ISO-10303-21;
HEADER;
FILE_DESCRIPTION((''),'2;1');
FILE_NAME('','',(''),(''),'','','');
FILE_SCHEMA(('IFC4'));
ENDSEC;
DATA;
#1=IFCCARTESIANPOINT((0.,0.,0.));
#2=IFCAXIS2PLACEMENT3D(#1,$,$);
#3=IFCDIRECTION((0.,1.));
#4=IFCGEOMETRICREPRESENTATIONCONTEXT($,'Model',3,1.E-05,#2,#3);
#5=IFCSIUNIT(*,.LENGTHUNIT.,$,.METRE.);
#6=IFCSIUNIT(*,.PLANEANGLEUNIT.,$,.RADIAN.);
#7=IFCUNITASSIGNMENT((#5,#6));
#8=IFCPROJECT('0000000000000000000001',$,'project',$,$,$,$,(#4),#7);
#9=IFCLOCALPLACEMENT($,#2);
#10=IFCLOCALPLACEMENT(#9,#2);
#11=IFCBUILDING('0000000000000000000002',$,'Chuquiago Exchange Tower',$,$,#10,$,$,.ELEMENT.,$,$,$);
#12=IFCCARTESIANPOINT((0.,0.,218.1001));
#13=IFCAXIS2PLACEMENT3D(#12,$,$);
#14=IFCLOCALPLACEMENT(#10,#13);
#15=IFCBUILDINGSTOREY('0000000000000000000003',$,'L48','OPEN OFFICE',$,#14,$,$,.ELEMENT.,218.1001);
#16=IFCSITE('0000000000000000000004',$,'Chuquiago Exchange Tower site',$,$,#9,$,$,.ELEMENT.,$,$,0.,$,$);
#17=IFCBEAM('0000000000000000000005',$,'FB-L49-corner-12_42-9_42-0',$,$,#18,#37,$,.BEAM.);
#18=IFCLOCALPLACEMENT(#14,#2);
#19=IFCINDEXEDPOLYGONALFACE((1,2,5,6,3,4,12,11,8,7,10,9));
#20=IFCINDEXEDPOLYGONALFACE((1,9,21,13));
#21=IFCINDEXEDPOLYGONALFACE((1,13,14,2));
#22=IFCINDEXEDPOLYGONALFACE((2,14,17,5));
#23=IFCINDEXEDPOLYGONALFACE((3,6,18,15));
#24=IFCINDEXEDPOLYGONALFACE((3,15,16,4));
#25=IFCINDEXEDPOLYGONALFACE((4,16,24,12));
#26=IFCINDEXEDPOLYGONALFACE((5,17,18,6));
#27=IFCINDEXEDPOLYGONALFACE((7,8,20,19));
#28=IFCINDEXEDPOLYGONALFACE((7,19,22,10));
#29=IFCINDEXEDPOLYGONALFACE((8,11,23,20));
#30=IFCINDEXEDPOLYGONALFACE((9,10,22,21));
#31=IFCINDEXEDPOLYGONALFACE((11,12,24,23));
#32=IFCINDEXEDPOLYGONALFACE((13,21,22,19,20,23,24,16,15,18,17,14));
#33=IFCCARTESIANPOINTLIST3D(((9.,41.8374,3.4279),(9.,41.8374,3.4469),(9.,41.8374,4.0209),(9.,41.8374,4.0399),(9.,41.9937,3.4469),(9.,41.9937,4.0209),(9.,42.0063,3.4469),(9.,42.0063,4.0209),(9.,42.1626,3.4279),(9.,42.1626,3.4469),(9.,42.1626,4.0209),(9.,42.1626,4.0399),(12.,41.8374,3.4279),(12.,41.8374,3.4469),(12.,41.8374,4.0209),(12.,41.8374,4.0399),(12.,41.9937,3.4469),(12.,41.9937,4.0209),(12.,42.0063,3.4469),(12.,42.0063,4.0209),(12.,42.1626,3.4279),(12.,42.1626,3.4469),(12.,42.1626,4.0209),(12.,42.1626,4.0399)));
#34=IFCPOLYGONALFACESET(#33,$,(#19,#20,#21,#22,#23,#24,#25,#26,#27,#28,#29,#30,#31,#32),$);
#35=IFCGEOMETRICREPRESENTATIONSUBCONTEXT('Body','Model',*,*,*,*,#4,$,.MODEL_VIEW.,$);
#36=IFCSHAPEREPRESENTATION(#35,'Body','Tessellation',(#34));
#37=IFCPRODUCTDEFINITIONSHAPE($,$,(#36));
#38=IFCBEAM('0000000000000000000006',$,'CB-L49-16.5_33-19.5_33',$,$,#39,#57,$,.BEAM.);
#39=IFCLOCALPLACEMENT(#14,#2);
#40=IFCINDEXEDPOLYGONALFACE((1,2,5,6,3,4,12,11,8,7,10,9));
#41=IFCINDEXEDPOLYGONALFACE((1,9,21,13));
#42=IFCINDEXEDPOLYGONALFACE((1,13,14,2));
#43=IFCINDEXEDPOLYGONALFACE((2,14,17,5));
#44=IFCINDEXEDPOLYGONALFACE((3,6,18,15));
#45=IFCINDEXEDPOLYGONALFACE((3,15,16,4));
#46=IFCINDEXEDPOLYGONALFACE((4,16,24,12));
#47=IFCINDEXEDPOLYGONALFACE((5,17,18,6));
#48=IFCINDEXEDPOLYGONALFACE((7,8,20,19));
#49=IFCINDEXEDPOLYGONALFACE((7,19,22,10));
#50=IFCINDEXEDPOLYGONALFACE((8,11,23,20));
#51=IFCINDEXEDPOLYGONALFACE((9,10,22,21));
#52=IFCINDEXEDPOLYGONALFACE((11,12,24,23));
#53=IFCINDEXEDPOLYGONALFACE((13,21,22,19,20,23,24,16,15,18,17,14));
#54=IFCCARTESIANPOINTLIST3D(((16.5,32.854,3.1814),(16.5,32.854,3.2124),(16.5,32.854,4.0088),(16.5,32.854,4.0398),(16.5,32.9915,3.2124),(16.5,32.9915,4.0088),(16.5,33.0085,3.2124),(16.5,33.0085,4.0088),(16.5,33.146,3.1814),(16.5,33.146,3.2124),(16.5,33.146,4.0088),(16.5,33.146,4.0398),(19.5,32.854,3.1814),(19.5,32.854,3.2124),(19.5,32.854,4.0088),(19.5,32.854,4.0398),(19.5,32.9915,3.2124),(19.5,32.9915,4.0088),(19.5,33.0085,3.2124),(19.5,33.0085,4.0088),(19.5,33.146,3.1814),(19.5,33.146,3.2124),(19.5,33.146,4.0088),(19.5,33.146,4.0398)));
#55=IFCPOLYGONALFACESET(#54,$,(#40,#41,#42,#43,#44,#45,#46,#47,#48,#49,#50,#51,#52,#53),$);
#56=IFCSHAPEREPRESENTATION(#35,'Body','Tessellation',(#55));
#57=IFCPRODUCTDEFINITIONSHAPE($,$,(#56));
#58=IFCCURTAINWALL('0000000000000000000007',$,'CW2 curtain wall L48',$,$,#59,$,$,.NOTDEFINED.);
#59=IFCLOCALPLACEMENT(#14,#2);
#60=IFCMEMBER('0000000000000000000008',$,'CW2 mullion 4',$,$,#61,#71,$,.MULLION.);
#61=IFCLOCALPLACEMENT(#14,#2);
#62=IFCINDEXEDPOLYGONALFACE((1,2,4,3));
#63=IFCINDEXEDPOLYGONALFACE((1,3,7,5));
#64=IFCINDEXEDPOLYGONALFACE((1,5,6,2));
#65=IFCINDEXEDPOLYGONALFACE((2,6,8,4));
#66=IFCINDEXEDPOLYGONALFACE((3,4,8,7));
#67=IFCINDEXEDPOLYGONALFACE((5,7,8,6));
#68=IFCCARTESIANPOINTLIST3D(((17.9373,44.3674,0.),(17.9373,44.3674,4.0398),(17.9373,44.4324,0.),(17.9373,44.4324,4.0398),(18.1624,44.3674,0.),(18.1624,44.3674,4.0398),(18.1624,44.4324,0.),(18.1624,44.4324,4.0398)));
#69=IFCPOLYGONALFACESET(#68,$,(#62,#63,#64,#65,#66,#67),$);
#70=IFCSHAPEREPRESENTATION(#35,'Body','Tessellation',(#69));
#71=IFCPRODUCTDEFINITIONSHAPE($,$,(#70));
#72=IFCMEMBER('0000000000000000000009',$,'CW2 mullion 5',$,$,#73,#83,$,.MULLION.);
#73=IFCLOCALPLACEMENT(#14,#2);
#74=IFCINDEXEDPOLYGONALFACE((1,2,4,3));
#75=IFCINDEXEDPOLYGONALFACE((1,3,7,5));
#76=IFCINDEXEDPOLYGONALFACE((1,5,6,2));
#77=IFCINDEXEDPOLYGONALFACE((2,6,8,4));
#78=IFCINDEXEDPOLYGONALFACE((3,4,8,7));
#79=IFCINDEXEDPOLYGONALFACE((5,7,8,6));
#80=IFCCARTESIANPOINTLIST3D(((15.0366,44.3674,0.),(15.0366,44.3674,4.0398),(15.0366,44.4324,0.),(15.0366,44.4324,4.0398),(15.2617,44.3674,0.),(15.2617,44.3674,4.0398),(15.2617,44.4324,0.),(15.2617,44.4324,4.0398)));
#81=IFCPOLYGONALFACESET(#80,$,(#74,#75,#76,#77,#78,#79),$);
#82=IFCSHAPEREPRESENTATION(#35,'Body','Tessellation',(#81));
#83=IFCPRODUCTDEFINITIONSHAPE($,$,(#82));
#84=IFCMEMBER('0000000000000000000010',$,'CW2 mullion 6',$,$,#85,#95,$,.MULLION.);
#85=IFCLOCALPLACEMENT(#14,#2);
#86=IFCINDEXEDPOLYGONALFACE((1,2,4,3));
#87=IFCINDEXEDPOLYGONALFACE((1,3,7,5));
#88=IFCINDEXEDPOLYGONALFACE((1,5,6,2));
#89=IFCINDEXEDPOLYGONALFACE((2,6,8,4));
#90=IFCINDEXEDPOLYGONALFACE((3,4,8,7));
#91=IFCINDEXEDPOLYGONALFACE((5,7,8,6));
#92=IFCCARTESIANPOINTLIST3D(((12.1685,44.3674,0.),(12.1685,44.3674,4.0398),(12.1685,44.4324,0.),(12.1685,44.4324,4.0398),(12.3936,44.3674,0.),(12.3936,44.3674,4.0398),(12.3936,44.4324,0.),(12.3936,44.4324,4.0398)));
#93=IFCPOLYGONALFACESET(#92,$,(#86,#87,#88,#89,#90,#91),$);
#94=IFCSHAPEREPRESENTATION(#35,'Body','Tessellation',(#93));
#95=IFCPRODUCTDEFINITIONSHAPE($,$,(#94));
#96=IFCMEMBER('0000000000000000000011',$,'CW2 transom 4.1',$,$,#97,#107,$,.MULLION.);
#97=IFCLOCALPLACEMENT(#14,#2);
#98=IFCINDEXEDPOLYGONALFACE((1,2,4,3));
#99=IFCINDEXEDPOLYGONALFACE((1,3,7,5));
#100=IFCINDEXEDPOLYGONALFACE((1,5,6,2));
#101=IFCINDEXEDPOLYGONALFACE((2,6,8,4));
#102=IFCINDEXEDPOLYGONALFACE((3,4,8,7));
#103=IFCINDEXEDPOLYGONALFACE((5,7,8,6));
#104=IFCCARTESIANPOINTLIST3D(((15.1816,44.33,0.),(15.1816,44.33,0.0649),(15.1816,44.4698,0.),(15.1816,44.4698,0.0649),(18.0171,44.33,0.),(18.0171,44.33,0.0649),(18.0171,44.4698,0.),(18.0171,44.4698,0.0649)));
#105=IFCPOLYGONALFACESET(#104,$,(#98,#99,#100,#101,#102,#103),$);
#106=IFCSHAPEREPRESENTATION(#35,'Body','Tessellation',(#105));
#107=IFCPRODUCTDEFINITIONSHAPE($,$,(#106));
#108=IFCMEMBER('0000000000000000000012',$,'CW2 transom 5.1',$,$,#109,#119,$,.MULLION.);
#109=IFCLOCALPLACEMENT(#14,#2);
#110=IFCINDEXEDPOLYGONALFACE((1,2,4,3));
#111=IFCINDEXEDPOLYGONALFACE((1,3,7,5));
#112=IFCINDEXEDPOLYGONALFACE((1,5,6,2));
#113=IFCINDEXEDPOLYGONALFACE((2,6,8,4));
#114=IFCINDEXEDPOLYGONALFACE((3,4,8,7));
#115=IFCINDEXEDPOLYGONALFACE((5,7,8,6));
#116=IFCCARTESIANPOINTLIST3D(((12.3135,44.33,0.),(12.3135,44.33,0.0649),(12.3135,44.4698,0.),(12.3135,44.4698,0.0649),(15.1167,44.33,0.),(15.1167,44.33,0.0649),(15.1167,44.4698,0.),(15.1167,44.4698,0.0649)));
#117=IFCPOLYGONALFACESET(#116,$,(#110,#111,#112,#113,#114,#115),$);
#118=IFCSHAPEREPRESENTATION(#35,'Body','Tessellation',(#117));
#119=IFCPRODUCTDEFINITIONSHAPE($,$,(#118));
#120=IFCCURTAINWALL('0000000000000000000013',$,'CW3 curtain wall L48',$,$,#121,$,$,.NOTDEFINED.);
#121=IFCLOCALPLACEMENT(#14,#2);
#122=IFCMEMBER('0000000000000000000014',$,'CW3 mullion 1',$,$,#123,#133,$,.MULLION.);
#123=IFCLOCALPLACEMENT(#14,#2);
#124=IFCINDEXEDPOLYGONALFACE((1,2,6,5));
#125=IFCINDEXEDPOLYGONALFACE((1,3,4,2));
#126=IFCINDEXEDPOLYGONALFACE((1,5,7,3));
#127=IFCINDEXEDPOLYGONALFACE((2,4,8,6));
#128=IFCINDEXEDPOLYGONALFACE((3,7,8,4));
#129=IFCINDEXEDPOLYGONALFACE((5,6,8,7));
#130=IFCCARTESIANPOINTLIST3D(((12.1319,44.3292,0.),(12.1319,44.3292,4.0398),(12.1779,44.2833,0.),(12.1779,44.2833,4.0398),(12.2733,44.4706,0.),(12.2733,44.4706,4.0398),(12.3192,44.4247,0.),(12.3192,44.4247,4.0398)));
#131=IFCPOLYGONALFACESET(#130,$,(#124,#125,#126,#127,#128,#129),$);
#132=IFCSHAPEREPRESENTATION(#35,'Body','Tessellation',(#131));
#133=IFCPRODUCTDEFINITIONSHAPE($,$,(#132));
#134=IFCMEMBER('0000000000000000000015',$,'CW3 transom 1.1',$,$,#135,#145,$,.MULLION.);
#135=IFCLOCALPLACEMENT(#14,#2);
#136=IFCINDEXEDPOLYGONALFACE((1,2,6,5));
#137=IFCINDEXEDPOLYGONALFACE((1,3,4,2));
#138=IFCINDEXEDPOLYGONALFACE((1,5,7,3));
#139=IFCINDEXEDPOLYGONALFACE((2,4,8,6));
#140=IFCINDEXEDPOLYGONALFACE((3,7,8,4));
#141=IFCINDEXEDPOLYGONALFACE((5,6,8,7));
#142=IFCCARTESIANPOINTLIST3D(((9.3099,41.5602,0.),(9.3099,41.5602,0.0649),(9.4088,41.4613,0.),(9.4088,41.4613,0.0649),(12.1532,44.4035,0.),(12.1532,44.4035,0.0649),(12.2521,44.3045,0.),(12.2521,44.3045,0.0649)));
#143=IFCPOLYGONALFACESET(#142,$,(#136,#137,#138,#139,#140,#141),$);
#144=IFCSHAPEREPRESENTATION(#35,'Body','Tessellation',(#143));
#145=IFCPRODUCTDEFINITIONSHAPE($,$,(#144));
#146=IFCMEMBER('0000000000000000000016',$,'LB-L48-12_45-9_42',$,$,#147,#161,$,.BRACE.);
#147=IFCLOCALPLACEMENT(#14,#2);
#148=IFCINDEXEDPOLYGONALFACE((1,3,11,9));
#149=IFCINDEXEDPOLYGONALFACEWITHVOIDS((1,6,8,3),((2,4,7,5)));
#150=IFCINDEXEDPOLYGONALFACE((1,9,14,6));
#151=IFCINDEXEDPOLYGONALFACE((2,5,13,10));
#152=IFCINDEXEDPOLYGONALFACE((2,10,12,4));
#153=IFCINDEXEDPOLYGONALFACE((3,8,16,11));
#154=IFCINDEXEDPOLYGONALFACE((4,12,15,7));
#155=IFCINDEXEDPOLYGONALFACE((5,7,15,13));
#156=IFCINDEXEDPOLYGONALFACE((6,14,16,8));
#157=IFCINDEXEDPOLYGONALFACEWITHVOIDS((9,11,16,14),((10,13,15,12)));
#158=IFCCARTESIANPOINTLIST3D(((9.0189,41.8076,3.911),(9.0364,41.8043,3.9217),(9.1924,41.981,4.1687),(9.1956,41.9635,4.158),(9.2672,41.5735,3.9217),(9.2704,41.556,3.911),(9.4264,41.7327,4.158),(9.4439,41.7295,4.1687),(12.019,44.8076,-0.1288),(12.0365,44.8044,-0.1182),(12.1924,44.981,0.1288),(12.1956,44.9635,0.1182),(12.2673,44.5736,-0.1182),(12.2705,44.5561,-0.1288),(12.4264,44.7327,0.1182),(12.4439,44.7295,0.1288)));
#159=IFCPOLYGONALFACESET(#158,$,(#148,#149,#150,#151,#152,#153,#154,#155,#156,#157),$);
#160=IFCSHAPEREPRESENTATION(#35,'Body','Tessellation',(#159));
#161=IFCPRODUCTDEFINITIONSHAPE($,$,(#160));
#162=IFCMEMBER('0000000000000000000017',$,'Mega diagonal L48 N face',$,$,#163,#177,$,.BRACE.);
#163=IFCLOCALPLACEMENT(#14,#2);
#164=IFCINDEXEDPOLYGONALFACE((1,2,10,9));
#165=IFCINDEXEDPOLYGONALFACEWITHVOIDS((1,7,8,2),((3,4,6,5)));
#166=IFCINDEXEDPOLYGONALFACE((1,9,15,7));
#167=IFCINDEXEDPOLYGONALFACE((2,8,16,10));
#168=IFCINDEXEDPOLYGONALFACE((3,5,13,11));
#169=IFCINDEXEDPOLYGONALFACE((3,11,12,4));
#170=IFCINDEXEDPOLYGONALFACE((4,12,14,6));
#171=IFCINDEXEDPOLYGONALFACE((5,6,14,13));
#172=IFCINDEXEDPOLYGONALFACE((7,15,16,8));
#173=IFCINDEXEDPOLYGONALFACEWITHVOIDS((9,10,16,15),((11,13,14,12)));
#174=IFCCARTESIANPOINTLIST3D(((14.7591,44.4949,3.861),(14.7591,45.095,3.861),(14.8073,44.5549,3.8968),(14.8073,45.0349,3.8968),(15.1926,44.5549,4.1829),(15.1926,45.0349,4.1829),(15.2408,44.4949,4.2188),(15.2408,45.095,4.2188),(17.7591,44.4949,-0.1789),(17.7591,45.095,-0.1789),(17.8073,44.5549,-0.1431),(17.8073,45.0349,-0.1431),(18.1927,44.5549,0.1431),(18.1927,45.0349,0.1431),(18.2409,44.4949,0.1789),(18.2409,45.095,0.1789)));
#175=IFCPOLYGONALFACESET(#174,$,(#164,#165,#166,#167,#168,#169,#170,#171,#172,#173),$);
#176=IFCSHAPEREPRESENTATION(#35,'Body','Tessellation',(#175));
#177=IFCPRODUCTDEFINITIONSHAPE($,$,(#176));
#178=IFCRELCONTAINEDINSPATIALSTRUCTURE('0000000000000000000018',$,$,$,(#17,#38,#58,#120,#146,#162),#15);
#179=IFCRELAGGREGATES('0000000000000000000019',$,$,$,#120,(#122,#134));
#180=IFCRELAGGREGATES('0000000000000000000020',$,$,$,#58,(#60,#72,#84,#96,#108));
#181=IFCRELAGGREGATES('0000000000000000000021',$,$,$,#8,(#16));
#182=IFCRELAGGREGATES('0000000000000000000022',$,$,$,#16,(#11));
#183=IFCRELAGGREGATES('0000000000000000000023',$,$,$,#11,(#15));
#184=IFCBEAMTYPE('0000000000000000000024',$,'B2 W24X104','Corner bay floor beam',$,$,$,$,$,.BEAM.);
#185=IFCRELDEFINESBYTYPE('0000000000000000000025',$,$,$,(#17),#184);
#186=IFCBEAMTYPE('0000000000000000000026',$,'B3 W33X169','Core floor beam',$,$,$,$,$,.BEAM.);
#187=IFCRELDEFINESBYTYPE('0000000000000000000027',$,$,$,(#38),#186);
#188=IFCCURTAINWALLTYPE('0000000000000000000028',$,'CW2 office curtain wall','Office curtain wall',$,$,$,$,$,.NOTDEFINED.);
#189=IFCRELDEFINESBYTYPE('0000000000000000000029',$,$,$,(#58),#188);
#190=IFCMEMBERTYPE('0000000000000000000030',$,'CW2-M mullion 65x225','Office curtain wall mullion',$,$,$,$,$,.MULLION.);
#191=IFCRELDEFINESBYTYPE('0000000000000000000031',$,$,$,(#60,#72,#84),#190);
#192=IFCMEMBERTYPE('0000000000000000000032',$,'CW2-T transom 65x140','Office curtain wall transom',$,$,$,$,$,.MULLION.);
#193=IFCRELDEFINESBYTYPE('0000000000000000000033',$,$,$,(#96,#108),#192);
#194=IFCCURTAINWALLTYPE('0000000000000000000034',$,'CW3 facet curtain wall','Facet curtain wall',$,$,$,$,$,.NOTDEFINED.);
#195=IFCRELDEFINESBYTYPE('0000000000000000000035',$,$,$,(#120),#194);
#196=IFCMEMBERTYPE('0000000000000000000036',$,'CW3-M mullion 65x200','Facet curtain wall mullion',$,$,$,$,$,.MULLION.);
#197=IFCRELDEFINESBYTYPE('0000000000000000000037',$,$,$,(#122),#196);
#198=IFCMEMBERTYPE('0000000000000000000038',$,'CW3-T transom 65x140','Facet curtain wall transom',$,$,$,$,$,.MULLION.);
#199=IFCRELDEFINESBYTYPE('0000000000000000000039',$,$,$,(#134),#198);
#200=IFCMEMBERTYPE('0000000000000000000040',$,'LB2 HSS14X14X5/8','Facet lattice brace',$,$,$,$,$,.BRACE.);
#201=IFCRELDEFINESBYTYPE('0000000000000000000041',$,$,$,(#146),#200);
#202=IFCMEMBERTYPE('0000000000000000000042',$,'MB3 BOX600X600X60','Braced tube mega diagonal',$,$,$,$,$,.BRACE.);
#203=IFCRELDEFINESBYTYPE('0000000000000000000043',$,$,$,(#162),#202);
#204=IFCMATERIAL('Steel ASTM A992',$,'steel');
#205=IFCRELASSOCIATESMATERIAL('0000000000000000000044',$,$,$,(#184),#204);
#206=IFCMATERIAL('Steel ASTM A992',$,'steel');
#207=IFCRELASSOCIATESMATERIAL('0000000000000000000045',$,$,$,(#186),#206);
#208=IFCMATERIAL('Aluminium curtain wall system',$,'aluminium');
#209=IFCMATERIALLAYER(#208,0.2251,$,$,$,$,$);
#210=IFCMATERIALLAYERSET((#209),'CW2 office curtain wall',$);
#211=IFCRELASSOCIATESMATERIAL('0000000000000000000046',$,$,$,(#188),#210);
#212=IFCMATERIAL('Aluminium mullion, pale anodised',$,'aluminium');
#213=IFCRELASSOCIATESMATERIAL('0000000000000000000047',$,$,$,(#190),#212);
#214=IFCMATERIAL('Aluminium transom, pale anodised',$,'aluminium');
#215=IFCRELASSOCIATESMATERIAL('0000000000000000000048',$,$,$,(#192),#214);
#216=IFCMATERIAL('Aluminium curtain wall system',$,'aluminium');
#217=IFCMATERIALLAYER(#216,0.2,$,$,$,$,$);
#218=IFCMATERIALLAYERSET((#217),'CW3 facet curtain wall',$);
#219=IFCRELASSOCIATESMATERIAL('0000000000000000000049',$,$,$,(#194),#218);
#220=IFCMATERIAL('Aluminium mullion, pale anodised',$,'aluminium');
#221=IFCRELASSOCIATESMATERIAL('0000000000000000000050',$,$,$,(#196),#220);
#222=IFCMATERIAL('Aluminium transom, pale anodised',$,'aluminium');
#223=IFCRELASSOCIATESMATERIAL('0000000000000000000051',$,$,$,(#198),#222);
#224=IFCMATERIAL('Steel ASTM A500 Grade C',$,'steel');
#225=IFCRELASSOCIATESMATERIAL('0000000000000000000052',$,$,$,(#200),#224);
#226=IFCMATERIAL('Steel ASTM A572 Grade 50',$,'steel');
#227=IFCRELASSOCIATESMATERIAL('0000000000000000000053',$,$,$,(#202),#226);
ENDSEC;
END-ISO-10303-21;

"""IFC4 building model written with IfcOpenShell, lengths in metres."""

from ifc_helpers import new_model, si_unit, direction, frame, origin, origin_2d, place, context, subcontext, project, spatial, rectangle, hollow_rectangle, i_section, extrude, material, layer, layer_set, material_profile, profile_set, type_object, element, aggregate, save


model = new_model("IFC4")

# Units and contexts
model_context = context("Model", 3, precision=1e-05, world=origin(), true_north=direction((0.0, 1.0)))
body_context = subcontext(model_context, "Body", "Model", "MODEL_VIEW")
ifc_project = project(units=[si_unit("LENGTHUNIT", "METRE"), si_unit("PLANEANGLEUNIT", "RADIAN")], contexts=[model_context])

# Site, building, storey
site_placement = place(None, origin())
site = spatial("IfcSite", under=ifc_project, at=site_placement, Name="Chuquiago Exchange Tower site", CompositionType="ELEMENT", RefElevation=0.0)
building_placement = place(site_placement, origin())
building = spatial("IfcBuilding", under=site, at=building_placement, Name="Chuquiago Exchange Tower", CompositionType="ELEMENT")
storey_placement = place(building_placement, frame((0.0, 0.0, 218.1001)))
storey = spatial("IfcBuildingStorey", under=building, at=storey_placement, Name="L48", Description="OPEN OFFICE", CompositionType="ELEMENT", Elevation=218.1001)

# Beams
ifc_material_1 = material(Name="Steel ASTM A992", Category="steel")
ifc_material_profile_1 = material_profile(ifc_material_1, i_section(OverallWidth=0.3252, OverallDepth=0.6121, WebThickness=0.0127, FlangeThickness=0.019, at=origin_2d()), Name="W24X104")
ifc_profile_set_1 = profile_set([ifc_material_profile_1], Name="Steel ASTM A992")
beam_type_1 = type_object("IfcBeamType", Name="B2 W24X104", Description="Corner bay floor beam", PredefinedType="BEAM", material=ifc_profile_set_1)
beam_1_placement = place(storey_placement, frame((12.0, 42.0, 3.7339), z_axis=(-1.0, 0.0, 0.0), x_axis=(0.0, -1.0, 0.0)))
element("IfcBeam", 1, at=beam_1_placement, inside=storey, type_object=beam_type_1, Name="FB-L49-corner-12_42-9_42-0", PredefinedType="BEAM", context=body_context, shape_type="SweptSolid", body=[
    extrude(i_section(OverallWidth=0.3252, OverallDepth=0.6121, WebThickness=0.0127, FlangeThickness=0.019, at=origin_2d()), origin(), (0.0, 0.0, 1.0), 3.0),
])
ifc_material_2 = material(Name="Steel ASTM A992", Category="steel")
ifc_material_profile_2 = material_profile(ifc_material_2, i_section(OverallWidth=0.292, OverallDepth=0.8584, WebThickness=0.0171, FlangeThickness=0.031, at=origin_2d()), Name="W33X169")
ifc_profile_set_2 = profile_set([ifc_material_profile_2], Name="Steel ASTM A992")
beam_type_2 = type_object("IfcBeamType", Name="B3 W33X169", Description="Core floor beam", PredefinedType="BEAM", material=ifc_profile_set_2)
beam_2_placement = place(storey_placement, frame((16.5, 33.0, 3.6106), z_axis=(1.0, 0.0, 0.0), x_axis=(0.0, 1.0, 0.0)))
element("IfcBeam", 2, at=beam_2_placement, inside=storey, type_object=beam_type_2, Name="CB-L49-16.5_33-19.5_33", PredefinedType="BEAM", context=body_context, shape_type="SweptSolid", body=[
    extrude(i_section(OverallWidth=0.292, OverallDepth=0.8584, WebThickness=0.0171, FlangeThickness=0.031, at=origin_2d()), origin(), (0.0, 0.0, 1.0), 3.0),
])

# Curtain walls, members
ifc_material_3 = material(Name="Aluminium curtain wall system", Category="aluminium")
ifc_layer_1 = layer(ifc_material_3, 0.2251)
ifc_layer_set_1 = layer_set([ifc_layer_1], Name="CW2 office curtain wall")
curtain_wall_type_1 = type_object("IfcCurtainWallType", Name="CW2 office curtain wall", Description="Office curtain wall", PredefinedType="NOTDEFINED", material=ifc_layer_set_1)
curtain_wall_1_placement = place(storey_placement, origin())
curtain_wall_1 = element("IfcCurtainWall", 3, at=curtain_wall_1_placement, inside=storey, type_object=curtain_wall_type_1, Name="CW2 curtain wall L48", PredefinedType="NOTDEFINED")
ifc_material_4 = material(Name="Aluminium mullion, pale anodised", Category="aluminium")
ifc_material_profile_3 = material_profile(ifc_material_4, rectangle(XDim=0.0649, YDim=0.2251, at=origin_2d()), Name="AL 65x225")
ifc_profile_set_3 = profile_set([ifc_material_profile_3], Name="Aluminium mullion, pale anodised")
member_type_1 = type_object("IfcMemberType", Name="CW2-M mullion 65x225", Description="Office curtain wall mullion", PredefinedType="MULLION", material=ifc_profile_set_3)
member_1_placement = place(storey_placement, frame((18.0498, 44.3999, 0.0), z_axis=(0.0, 0.0, 1.0), x_axis=(0.0, -1.0, 0.0)))
member_1 = element("IfcMember", 4, at=member_1_placement, type_object=member_type_1, Name="CW2 mullion 4", PredefinedType="MULLION", context=body_context, shape_type="SweptSolid", body=[
    extrude(rectangle(XDim=0.0649, YDim=0.2251, at=origin_2d()), origin(), (0.0, 0.0, 1.0), 4.0398),
])
member_2_placement = place(storey_placement, frame((15.1492, 44.3999, 0.0), z_axis=(0.0, 0.0, 1.0), x_axis=(0.0, -1.0, 0.0)))
member_2 = element("IfcMember", 5, at=member_2_placement, type_object=member_type_1, Name="CW2 mullion 5", PredefinedType="MULLION", context=body_context, shape_type="SweptSolid", body=[
    extrude(rectangle(XDim=0.0649, YDim=0.2251, at=origin_2d()), origin(), (0.0, 0.0, 1.0), 4.0398),
])
member_3_placement = place(storey_placement, frame((12.281, 44.3999, 0.0), z_axis=(0.0, 0.0, 1.0), x_axis=(0.0, -1.0, 0.0)))
member_3 = element("IfcMember", 6, at=member_3_placement, type_object=member_type_1, Name="CW2 mullion 6", PredefinedType="MULLION", context=body_context, shape_type="SweptSolid", body=[
    extrude(rectangle(XDim=0.0649, YDim=0.2251, at=origin_2d()), origin(), (0.0, 0.0, 1.0), 4.0398),
])
ifc_material_5 = material(Name="Aluminium transom, pale anodised", Category="aluminium")
ifc_material_profile_4 = material_profile(ifc_material_5, rectangle(XDim=0.1399, YDim=0.0649, at=origin_2d()), Name="AL 140x65")
ifc_profile_set_4 = profile_set([ifc_material_profile_4], Name="Aluminium transom, pale anodised")
member_type_2 = type_object("IfcMemberType", Name="CW2-T transom 65x140", Description="Office curtain wall transom", PredefinedType="MULLION", material=ifc_profile_set_4)
member_4_placement = place(storey_placement, frame((18.0171, 44.3999, 0.0325), z_axis=(-1.0, 0.0, 0.0), x_axis=(0.0, -1.0, 0.0)))
member_4 = element("IfcMember", 7, at=member_4_placement, type_object=member_type_2, Name="CW2 transom 4.1", PredefinedType="MULLION", context=body_context, shape_type="SweptSolid", body=[
    extrude(rectangle(XDim=0.1399, YDim=0.0649, at=origin_2d()), origin(), (0.0, 0.0, 1.0), 2.8354),
])
member_5_placement = place(storey_placement, frame((15.1167, 44.3999, 0.0325), z_axis=(-1.0, 0.0, 0.0), x_axis=(0.0, -1.0, 0.0)))
member_5 = element("IfcMember", 8, at=member_5_placement, type_object=member_type_2, Name="CW2 transom 5.1", PredefinedType="MULLION", context=body_context, shape_type="SweptSolid", body=[
    extrude(rectangle(XDim=0.1399, YDim=0.0649, at=origin_2d()), origin(), (0.0, 0.0, 1.0), 2.8032),
])
ifc_material_6 = material(Name="Aluminium curtain wall system", Category="aluminium")
ifc_layer_2 = layer(ifc_material_6, 0.2)
ifc_layer_set_2 = layer_set([ifc_layer_2], Name="CW3 facet curtain wall")
curtain_wall_type_2 = type_object("IfcCurtainWallType", Name="CW3 facet curtain wall", Description="Facet curtain wall", PredefinedType="NOTDEFINED", material=ifc_layer_set_2)
curtain_wall_2_placement = place(storey_placement, origin())
curtain_wall_2 = element("IfcCurtainWall", 9, at=curtain_wall_2_placement, inside=storey, type_object=curtain_wall_type_2, Name="CW3 curtain wall L48", PredefinedType="NOTDEFINED")
ifc_material_7 = material(Name="Aluminium mullion, pale anodised", Category="aluminium")
ifc_material_profile_5 = material_profile(ifc_material_7, rectangle(XDim=0.0649, YDim=0.2, at=origin_2d()), Name="AL 65x200")
ifc_profile_set_5 = profile_set([ifc_material_profile_5], Name="Aluminium mullion, pale anodised")
member_type_3 = type_object("IfcMemberType", Name="CW3-M mullion 65x200", Description="Facet curtain wall mullion", PredefinedType="MULLION", material=ifc_profile_set_5)
member_6_placement = place(storey_placement, frame((12.2256, 44.377, 0.0), z_axis=(0.0, 0.0, 1.0), x_axis=(0.707107, -0.707107, 0.0)))
member_6 = element("IfcMember", 10, at=member_6_placement, type_object=member_type_3, Name="CW3 mullion 1", PredefinedType="MULLION", context=body_context, shape_type="SweptSolid", body=[
    extrude(rectangle(XDim=0.0649, YDim=0.2, at=origin_2d()), origin(), (0.0, 0.0, 1.0), 4.0398),
])
ifc_material_8 = material(Name="Aluminium transom, pale anodised", Category="aluminium")
ifc_material_profile_6 = material_profile(ifc_material_8, rectangle(XDim=0.1399, YDim=0.0649, at=origin_2d()), Name="AL 140x65")
ifc_profile_set_6 = profile_set([ifc_material_profile_6], Name="Aluminium transom, pale anodised")
member_type_4 = type_object("IfcMemberType", Name="CW3-T transom 65x140", Description="Facet curtain wall transom", PredefinedType="MULLION", material=ifc_profile_set_6)
member_7_placement = place(storey_placement, frame((12.2026, 44.354, 0.0325), z_axis=(-0.707107, -0.707107, 0.0), x_axis=(0.707107, -0.707107, 0.0)))
member_7 = element("IfcMember", 11, at=member_7_placement, type_object=member_type_4, Name="CW3 transom 1.1", PredefinedType="MULLION", context=body_context, shape_type="SweptSolid", body=[
    extrude(rectangle(XDim=0.1399, YDim=0.0649, at=origin_2d()), origin(), (0.0, 0.0, 1.0), 4.021),
])
aggregate(curtain_wall_2, [member_6, member_7])

# Members
ifc_material_9 = material(Name="Steel ASTM A500 Grade C", Category="steel")
ifc_material_profile_7 = material_profile(ifc_material_9, hollow_rectangle(XDim=0.3557, YDim=0.3557, WallThickness=0.0146, at=origin_2d()), Name="HSS14X14X5/8")
ifc_profile_set_7 = profile_set([ifc_material_profile_7], Name="Steel ASTM A500 Grade C")
member_type_5 = type_object("IfcMemberType", Name="LB2 HSS14X14X5/8", Description="Facet lattice brace", PredefinedType="BRACE", material=ifc_profile_set_7)
member_8_placement = place(storey_placement, frame((12.2314, 44.7686, 0.0), z_axis=(-0.512092, -0.512092, 0.689582), x_axis=(0.707107, -0.707107, 0.0)))
element("IfcMember", 12, at=member_8_placement, inside=storey, type_object=member_type_5, Name="LB-L48-12_45-9_42", PredefinedType="BRACE", context=body_context, shape_type="SweptSolid", body=[
    extrude(hollow_rectangle(XDim=0.3557, YDim=0.3557, WallThickness=0.0146, at=origin_2d()), origin(), (0.0, 0.0, 1.0), 5.8584),
])
ifc_material_10 = material(Name="Steel ASTM A572 Grade 50", Category="steel")
ifc_material_profile_8 = material_profile(ifc_material_10, hollow_rectangle(XDim=0.6001, YDim=0.6001, WallThickness=0.0601, at=origin_2d()), Name="BOX600X600X60")
ifc_profile_set_8 = profile_set([ifc_material_profile_8], Name="Steel ASTM A572 Grade 50")
member_type_6 = type_object("IfcMemberType", Name="MB3 BOX600X600X60", Description="Braced tube mega diagonal", PredefinedType="BRACE", material=ifc_profile_set_8)
for number, where, z_axis, x_axis, name in (
    (13, (18.0, 44.7949, 0.0), (-0.596197, 0.0, 0.802838), (0.0, -1.0, 0.0), "Mega diagonal L48 N face"),
):
    element("IfcMember", number, at=place(storey_placement, frame(where, z_axis=z_axis, x_axis=x_axis)), inside=storey, type_object=member_type_6, Name=name, PredefinedType="BRACE", context=body_context, shape_type="SweptSolid", body=[
        extrude(hollow_rectangle(XDim=0.6001, YDim=0.6001, WallThickness=0.0601, at=origin_2d()), origin(), (0.0, 0.0, 1.0), 5.032),
    ])

aggregate(curtain_wall_1, [member_1, member_2, member_3, member_4, member_5])

save(model, "model.ifc")
